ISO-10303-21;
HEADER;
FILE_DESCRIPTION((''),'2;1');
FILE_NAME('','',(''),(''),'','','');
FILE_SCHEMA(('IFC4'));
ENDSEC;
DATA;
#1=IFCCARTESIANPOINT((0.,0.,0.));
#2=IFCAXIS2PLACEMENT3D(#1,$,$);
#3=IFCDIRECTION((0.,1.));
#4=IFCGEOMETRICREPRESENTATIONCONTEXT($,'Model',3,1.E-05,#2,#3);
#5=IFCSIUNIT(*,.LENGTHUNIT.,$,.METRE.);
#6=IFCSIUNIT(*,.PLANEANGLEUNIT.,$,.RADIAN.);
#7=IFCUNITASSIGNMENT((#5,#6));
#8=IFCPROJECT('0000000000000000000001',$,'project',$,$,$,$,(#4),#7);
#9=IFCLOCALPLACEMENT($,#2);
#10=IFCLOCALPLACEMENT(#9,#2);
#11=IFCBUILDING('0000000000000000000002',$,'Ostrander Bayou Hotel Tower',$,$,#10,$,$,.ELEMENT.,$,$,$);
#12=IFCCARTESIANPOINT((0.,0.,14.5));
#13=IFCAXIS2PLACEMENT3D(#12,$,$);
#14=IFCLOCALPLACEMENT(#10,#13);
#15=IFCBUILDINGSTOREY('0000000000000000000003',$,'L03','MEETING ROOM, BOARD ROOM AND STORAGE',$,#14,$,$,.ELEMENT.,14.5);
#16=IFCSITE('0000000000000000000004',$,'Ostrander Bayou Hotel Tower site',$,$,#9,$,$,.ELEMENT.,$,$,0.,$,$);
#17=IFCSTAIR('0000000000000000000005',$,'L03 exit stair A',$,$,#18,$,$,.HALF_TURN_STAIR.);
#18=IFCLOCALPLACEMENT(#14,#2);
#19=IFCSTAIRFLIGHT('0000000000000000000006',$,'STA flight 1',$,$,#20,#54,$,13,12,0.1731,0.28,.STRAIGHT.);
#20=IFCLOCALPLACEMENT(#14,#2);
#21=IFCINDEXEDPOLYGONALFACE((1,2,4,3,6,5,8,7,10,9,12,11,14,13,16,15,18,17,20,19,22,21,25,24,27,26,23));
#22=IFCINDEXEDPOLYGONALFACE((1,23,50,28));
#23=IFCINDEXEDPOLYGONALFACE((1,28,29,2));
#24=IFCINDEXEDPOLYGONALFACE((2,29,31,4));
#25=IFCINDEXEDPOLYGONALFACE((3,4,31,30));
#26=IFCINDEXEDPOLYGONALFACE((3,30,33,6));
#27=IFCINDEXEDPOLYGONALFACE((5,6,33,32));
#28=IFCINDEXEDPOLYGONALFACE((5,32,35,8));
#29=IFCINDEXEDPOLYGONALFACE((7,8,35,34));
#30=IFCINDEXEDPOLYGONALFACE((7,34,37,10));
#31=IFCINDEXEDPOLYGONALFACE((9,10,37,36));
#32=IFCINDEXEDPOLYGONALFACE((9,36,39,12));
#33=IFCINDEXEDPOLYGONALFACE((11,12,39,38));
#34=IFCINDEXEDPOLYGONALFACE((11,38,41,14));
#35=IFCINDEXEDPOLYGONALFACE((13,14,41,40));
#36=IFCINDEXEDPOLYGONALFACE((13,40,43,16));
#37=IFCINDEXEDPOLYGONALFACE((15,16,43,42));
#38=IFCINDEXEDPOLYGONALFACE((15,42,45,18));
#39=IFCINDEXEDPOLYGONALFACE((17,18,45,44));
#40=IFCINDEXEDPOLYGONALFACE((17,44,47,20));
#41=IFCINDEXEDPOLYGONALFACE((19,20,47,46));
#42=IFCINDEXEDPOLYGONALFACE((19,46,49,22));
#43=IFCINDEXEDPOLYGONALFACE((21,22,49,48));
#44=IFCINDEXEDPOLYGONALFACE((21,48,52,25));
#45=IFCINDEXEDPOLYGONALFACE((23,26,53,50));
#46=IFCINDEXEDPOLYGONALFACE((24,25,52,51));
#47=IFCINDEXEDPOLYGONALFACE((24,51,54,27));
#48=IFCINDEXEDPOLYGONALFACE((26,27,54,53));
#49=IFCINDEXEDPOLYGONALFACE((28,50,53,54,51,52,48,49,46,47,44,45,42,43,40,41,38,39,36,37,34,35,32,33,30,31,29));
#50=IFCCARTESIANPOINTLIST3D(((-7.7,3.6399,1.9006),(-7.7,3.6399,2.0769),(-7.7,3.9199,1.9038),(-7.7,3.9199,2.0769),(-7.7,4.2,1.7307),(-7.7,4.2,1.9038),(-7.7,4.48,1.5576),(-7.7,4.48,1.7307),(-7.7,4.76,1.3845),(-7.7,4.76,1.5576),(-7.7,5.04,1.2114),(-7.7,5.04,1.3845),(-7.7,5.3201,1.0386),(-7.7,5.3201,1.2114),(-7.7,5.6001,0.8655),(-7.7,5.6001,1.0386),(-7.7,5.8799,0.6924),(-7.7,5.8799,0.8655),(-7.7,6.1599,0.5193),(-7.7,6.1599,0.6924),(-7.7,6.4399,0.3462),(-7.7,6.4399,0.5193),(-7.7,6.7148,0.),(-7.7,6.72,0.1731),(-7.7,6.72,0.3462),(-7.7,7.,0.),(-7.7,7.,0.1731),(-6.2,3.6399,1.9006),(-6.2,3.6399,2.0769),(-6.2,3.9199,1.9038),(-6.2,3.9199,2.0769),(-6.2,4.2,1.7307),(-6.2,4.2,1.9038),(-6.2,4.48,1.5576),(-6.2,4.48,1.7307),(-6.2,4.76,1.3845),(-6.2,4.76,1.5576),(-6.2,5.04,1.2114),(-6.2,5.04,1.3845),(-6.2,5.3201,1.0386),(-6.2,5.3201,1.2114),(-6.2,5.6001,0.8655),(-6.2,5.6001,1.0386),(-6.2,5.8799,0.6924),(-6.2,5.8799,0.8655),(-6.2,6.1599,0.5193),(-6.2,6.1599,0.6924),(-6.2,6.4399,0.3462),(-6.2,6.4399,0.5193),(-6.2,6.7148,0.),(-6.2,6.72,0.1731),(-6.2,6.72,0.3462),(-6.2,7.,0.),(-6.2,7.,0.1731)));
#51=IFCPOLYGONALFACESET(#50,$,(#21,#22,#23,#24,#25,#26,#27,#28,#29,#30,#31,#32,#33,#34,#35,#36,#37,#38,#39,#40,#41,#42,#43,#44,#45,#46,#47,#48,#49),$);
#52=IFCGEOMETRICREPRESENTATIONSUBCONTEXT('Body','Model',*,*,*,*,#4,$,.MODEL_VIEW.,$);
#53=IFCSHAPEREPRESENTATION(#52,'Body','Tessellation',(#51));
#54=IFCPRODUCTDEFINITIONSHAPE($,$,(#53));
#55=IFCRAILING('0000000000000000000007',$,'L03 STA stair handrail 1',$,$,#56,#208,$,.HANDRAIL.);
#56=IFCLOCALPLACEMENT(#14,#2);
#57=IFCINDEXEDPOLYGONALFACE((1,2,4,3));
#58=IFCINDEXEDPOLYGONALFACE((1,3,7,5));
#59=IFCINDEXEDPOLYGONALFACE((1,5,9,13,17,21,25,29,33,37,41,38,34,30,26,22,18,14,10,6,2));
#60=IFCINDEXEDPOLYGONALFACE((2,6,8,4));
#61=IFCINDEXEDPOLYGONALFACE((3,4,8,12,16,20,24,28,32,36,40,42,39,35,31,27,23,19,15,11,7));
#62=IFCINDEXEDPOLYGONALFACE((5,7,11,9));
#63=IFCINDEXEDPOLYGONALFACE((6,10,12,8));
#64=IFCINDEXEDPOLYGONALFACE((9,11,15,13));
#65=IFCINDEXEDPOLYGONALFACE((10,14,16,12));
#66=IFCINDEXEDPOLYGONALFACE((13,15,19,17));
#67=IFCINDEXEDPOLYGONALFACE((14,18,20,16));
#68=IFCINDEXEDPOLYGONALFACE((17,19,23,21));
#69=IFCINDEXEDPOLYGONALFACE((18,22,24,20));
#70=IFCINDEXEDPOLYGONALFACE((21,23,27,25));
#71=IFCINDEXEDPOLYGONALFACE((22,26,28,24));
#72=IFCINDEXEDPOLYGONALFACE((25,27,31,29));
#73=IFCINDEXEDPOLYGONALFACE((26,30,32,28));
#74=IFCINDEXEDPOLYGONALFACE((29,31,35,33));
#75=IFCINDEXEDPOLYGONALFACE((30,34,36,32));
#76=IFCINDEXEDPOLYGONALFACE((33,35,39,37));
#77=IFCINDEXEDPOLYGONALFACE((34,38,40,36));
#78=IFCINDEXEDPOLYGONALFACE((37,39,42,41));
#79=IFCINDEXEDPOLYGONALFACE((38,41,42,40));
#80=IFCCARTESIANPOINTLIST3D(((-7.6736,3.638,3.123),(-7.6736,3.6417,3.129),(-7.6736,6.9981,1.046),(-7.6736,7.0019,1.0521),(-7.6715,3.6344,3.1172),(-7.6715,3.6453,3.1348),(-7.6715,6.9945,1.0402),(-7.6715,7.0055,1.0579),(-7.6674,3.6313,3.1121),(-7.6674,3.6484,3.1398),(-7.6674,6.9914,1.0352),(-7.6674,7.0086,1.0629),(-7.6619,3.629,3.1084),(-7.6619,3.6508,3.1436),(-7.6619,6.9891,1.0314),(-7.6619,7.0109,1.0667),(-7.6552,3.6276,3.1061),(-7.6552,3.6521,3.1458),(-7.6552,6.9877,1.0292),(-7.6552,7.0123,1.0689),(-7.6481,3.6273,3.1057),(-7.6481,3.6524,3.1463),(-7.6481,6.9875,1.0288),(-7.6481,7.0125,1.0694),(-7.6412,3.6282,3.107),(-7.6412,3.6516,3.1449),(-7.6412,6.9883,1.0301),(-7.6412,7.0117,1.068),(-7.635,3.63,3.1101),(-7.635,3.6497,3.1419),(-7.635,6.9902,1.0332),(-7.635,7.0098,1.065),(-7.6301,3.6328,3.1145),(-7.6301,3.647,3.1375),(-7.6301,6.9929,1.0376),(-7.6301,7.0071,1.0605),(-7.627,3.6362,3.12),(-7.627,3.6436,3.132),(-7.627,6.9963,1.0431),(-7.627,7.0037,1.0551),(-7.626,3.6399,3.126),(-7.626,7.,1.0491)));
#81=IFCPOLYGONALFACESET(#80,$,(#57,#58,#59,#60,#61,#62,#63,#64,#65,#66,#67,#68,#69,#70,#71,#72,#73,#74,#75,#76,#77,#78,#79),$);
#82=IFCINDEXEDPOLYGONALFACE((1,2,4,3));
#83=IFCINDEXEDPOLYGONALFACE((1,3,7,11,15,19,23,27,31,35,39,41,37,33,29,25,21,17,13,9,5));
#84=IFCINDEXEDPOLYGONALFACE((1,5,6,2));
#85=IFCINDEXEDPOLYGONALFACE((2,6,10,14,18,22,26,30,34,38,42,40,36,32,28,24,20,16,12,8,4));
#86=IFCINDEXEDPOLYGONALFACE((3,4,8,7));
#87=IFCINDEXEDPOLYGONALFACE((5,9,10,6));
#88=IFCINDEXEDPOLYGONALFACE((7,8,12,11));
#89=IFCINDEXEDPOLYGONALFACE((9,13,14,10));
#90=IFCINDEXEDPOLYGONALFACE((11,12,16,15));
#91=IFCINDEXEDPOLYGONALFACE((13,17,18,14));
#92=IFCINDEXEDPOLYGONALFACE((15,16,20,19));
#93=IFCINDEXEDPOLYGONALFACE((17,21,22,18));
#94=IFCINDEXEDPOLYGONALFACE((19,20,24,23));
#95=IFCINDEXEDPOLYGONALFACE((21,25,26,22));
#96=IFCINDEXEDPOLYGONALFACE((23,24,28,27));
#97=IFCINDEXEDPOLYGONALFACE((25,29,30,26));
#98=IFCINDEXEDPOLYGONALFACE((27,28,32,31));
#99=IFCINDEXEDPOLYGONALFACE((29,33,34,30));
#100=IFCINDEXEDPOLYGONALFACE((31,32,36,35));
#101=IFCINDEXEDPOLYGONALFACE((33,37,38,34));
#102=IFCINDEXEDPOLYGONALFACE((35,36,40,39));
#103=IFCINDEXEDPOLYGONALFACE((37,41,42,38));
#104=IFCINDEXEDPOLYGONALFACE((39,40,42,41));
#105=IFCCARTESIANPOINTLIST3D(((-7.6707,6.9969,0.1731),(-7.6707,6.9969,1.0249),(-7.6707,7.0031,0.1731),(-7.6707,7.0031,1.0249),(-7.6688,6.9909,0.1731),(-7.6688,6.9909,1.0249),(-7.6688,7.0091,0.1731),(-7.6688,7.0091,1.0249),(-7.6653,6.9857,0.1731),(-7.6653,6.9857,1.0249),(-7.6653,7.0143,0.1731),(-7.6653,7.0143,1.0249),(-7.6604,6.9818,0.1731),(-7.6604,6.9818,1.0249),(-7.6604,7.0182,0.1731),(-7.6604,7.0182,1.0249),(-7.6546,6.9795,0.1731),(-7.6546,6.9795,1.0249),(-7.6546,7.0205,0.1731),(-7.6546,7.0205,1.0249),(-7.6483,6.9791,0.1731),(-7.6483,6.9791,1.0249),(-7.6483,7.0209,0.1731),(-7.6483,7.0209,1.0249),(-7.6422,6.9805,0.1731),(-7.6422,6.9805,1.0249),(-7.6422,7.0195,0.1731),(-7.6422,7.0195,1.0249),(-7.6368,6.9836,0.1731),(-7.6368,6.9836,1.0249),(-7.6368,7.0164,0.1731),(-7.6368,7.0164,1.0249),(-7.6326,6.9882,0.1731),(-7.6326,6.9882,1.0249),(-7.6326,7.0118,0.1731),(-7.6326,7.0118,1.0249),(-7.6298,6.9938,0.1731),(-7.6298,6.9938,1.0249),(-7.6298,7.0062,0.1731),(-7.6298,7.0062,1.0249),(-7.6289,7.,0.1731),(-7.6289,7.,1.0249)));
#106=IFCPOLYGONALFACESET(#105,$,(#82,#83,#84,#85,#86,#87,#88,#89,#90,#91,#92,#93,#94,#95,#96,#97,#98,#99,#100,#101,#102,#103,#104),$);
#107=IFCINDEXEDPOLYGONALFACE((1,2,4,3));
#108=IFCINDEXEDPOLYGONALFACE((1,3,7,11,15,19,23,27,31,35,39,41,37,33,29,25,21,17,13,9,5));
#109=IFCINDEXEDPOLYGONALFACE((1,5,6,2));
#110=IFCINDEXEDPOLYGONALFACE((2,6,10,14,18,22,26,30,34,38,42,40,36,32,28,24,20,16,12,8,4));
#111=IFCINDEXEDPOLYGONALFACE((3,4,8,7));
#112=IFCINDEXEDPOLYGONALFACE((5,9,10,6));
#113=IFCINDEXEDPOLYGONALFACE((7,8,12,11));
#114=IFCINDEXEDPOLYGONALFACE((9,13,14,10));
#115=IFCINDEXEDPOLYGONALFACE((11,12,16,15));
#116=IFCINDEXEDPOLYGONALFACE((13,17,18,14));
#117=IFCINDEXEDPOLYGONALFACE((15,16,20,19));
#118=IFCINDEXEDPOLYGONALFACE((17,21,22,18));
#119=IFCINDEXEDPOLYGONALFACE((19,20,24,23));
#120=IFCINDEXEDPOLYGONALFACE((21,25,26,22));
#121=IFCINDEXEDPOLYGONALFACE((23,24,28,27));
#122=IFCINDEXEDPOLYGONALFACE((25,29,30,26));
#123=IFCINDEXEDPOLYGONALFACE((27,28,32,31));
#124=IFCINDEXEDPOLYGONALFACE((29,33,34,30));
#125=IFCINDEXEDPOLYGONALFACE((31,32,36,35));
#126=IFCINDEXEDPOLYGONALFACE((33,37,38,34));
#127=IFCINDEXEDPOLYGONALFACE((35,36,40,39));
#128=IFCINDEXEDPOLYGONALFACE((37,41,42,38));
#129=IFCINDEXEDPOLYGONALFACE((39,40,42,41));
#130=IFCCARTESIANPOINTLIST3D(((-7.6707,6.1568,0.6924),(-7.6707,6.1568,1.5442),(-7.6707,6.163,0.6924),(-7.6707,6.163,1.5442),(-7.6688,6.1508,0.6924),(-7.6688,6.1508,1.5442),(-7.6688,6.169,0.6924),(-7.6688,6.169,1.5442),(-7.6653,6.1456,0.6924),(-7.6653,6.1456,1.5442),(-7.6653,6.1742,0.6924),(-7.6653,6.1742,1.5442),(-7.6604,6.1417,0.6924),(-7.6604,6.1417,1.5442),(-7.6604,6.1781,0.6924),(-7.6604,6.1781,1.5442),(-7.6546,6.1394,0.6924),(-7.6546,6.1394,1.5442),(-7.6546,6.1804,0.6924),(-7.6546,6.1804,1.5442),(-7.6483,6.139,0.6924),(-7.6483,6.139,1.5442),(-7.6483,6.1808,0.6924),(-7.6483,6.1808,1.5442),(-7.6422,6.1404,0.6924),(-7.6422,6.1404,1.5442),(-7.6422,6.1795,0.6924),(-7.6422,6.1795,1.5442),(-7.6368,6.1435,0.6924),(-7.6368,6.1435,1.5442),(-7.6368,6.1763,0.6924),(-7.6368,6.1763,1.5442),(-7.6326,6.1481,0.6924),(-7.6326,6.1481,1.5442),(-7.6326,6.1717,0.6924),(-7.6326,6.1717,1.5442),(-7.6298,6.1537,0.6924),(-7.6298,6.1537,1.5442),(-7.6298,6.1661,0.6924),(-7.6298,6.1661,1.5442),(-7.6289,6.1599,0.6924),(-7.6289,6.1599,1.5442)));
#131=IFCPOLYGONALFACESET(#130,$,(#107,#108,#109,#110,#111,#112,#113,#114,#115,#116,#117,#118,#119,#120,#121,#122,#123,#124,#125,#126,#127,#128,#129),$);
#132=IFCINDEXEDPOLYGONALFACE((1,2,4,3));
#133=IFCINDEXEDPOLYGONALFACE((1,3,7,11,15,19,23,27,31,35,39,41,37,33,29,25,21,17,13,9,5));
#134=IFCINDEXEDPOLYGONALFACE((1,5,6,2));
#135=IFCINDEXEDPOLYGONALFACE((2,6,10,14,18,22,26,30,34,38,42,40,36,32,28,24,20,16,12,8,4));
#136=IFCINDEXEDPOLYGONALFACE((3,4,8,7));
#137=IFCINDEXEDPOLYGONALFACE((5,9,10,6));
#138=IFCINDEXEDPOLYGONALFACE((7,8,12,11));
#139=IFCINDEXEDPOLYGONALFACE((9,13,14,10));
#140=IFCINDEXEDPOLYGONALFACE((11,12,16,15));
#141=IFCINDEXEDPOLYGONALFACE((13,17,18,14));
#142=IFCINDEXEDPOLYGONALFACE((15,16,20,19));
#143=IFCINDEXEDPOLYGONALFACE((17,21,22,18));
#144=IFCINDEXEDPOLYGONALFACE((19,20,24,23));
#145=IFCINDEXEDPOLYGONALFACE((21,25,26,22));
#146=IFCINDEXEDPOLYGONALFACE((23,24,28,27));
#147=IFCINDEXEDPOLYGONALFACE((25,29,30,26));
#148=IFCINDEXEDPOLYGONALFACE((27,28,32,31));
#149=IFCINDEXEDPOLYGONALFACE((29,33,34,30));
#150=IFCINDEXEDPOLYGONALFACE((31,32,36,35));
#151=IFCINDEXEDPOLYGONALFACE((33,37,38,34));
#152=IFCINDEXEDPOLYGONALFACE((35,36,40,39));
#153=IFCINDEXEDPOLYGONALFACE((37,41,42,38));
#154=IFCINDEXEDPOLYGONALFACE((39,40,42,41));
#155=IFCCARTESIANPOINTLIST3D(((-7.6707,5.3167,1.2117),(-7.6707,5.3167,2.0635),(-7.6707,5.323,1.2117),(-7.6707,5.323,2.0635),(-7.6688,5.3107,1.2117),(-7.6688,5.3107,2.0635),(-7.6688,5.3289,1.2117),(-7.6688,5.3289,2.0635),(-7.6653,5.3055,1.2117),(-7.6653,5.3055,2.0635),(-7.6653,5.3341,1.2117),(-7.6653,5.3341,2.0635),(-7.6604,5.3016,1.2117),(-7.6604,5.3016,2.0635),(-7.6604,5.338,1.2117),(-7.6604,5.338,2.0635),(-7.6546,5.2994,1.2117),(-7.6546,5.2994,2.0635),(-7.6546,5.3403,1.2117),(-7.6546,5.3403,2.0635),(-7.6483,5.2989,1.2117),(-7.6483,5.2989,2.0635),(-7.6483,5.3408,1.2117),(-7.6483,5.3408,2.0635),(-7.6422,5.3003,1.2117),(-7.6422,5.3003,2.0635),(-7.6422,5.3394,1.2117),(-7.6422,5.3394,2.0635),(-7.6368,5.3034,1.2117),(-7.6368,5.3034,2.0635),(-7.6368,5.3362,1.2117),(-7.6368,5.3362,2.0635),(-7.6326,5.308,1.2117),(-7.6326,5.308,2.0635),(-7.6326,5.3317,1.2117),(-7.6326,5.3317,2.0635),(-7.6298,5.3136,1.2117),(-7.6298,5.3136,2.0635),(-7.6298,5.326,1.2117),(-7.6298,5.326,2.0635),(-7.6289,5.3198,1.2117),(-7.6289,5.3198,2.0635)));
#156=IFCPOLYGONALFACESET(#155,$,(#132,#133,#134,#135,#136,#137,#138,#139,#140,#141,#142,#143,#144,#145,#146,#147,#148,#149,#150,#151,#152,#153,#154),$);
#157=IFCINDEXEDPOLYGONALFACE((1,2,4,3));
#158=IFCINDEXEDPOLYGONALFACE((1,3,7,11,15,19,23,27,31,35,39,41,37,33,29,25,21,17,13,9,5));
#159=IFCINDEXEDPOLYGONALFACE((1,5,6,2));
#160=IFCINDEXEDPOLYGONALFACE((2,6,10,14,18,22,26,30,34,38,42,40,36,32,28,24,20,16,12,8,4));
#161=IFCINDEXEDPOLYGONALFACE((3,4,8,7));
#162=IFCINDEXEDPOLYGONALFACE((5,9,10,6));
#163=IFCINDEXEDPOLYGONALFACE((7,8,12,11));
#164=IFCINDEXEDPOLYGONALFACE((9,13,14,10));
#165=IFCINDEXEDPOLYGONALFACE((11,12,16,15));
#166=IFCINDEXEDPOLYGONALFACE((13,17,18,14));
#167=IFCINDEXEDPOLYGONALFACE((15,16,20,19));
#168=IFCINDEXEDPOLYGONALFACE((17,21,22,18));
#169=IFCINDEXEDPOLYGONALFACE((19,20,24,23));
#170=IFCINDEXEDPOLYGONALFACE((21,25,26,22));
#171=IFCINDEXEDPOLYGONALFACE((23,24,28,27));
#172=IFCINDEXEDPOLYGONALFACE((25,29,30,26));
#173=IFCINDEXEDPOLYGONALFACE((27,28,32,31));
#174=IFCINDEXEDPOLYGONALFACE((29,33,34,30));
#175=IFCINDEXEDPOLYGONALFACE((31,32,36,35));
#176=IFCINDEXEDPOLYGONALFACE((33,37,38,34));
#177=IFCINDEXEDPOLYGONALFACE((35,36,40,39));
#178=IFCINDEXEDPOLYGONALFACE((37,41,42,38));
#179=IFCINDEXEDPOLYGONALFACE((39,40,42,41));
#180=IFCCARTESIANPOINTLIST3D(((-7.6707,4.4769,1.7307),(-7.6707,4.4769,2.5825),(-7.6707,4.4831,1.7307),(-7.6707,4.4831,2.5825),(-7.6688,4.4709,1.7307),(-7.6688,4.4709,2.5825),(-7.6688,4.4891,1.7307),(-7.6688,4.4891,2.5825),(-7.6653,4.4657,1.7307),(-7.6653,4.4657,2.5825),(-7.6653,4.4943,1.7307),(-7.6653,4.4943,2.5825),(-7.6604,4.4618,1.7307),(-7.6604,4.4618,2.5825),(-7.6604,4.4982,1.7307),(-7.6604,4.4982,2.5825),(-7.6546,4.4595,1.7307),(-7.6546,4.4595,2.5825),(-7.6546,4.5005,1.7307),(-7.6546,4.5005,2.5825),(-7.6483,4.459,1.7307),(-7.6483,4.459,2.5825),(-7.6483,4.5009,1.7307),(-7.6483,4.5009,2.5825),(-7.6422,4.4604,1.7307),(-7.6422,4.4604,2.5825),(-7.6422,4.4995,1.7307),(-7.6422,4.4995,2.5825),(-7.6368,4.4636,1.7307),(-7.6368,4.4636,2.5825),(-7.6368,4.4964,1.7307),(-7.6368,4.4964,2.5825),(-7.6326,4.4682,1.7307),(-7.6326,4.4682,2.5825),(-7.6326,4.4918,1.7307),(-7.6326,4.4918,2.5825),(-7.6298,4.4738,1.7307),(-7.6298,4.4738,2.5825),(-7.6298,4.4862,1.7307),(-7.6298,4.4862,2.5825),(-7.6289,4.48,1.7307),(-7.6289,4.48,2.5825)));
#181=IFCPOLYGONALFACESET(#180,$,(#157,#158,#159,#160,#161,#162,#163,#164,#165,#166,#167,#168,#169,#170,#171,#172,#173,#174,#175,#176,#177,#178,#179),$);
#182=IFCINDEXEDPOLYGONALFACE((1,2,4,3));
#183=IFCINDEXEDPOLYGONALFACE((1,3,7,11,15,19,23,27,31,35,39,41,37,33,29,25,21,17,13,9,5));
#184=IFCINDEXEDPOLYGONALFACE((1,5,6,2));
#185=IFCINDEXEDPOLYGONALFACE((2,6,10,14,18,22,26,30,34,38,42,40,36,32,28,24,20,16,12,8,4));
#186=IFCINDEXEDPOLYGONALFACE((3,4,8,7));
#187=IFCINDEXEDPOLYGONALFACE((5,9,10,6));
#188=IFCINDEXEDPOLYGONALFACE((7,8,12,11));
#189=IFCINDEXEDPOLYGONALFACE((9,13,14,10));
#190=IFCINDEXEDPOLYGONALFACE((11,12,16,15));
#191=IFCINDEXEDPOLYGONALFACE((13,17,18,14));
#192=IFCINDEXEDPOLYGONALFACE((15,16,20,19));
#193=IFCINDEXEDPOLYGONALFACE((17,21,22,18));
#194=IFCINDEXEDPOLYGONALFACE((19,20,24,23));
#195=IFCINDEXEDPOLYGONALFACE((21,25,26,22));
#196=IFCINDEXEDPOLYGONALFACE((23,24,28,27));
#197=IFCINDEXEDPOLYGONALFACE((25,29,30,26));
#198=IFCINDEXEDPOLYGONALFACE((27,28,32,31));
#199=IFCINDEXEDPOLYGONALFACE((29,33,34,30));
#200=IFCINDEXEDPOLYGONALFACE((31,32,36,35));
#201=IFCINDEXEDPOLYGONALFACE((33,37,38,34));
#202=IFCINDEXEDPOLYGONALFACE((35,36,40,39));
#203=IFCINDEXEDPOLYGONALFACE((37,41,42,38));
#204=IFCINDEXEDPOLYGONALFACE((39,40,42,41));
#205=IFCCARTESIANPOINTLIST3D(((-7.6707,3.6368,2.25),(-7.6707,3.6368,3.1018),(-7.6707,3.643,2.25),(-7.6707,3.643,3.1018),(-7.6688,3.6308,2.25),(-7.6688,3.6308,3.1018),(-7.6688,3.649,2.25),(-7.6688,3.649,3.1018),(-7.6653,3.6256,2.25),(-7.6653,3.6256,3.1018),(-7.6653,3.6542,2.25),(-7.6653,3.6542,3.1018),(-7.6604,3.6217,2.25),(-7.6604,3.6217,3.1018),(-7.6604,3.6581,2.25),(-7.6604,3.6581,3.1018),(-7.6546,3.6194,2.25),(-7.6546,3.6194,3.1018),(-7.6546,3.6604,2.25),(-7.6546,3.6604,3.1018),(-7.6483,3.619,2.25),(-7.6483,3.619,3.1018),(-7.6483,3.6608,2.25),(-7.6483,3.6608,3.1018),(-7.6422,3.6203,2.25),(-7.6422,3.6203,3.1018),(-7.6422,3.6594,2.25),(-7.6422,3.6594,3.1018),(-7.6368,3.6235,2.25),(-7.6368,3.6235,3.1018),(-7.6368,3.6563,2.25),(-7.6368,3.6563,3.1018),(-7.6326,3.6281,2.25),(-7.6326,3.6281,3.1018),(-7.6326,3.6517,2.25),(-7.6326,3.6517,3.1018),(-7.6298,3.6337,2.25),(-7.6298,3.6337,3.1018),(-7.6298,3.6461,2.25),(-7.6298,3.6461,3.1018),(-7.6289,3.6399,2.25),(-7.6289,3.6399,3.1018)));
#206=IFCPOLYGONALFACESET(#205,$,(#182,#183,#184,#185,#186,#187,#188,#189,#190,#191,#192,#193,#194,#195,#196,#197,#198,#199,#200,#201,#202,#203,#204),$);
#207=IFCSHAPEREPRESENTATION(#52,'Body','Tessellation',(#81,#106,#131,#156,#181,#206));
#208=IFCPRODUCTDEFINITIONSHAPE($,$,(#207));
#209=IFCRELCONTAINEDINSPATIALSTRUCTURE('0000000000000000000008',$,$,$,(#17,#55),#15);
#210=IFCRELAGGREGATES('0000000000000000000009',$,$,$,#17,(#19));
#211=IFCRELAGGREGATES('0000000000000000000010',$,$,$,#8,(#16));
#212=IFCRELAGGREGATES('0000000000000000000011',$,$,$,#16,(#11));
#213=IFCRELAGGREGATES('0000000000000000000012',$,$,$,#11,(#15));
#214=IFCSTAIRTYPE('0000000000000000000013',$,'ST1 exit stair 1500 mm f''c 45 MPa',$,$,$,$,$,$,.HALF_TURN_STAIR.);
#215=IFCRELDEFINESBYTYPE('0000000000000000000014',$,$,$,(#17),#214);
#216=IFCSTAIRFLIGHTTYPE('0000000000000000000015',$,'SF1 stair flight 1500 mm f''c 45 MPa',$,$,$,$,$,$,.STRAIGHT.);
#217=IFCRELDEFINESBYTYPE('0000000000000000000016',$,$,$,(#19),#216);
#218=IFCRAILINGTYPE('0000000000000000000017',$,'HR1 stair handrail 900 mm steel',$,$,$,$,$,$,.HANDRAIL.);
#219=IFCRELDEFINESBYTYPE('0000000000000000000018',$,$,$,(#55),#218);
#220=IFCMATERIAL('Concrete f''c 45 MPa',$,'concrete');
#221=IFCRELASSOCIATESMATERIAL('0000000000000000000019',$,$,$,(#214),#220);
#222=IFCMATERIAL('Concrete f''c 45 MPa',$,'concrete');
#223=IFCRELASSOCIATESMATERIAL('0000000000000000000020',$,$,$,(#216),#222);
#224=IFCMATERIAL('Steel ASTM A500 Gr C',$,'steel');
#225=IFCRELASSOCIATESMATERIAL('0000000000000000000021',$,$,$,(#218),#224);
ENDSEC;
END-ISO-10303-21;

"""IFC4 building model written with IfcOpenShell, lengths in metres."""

from ifc_helpers import new_model, si_unit, direction, frame, origin, origin_2d, place, context, subcontext, project, spatial, polyline, circle, outline, extrude, material, type_object, element, aggregate, save


model = new_model("IFC4")

# Units and contexts
model_context = context("Model", 3, precision=1e-05, world=origin(), true_north=direction((0.0, 1.0)))
body_context = subcontext(model_context, "Body", "Model", "MODEL_VIEW")
ifc_project = project(units=[si_unit("LENGTHUNIT", "METRE"), si_unit("PLANEANGLEUNIT", "RADIAN")], contexts=[model_context])

# Site, building, storey
site_placement = place(None, origin())
site = spatial("IfcSite", under=ifc_project, at=site_placement, Name="Ostrander Bayou Hotel Tower site", CompositionType="ELEMENT", RefElevation=0.0)
building_placement = place(site_placement, origin())
building = spatial("IfcBuilding", under=site, at=building_placement, Name="Ostrander Bayou Hotel Tower", CompositionType="ELEMENT")
storey_placement = place(building_placement, frame((0.0, 0.0, 14.5)))
storey = spatial("IfcBuildingStorey", under=building, at=storey_placement, Name="L03", Description="MEETING ROOM, BOARD ROOM AND STORAGE", CompositionType="ELEMENT", Elevation=14.5)

# Stair, stair flight
ifc_material_1 = material(Name="Concrete f'c 45 MPa", Category="concrete")
stair_type = type_object("IfcStairType", Name="ST1 exit stair 1500 mm f'c 45 MPa", PredefinedType="HALF_TURN_STAIR", material=ifc_material_1)
stair_placement = place(storey_placement, origin())
stair = element("IfcStair", 1, at=stair_placement, inside=storey, type_object=stair_type, Name="L03 exit stair A", PredefinedType="HALF_TURN_STAIR")
ifc_material_2 = material(Name="Concrete f'c 45 MPa", Category="concrete")
stair_flight_type = type_object("IfcStairFlightType", Name="SF1 stair flight 1500 mm f'c 45 MPa", PredefinedType="STRAIGHT", material=ifc_material_2)
stair_flight_placement = place(storey_placement, frame((-6.95, 7.0, 0.0), z_axis=(0.0, 0.0, 1.0), x_axis=(0.0, -1.0, 0.0)))
stair_flight = element("IfcStairFlight", 2, at=stair_flight_placement, type_object=stair_flight_type, Name="STA flight 1", NumberOfRisers=13, NumberOfTreads=12, PredefinedType="STRAIGHT", RiserHeight=0.1731, TreadLength=0.28, context=body_context, shape_type="SweptSolid", body=[
    extrude(outline(polyline([(0.0, 0.0), (0.0, 0.1731), (0.28, 0.1731), (0.28, 0.3462), (0.5601, 0.3462), (0.5601, 0.5193), (0.8401, 0.5193), (0.8401, 0.6924), (1.1201, 0.6924), (1.1201, 0.8655), (1.3999, 0.8655), (1.3999, 1.0386), (1.6799, 1.0386), (1.6799, 1.2114), (1.96, 1.2114), (1.96, 1.3845), (2.24, 1.3845), (2.24, 1.5576), (2.52, 1.5576), (2.52, 1.7307), (2.8, 1.7307), (2.8, 1.9038), (3.0801, 1.9038), (3.0801, 2.0769), (3.3601, 2.0769), (3.3601, 2.25), (3.3601, 1.9006), (0.2852, 0.0), (0.0, 0.0)])), frame((0.0, 0.75, 0.0), z_axis=(0.0, -1.0, 0.0), x_axis=(1.0, 0.0, 0.0)), (0.0, 0.0, 1.0), 1.5),
])
aggregate(stair, [stair_flight])

# Railing
ifc_material_3 = material(Name="Steel ASTM A500 Gr C", Category="steel")
railing_type = type_object("IfcRailingType", Name="HR1 stair handrail 900 mm steel", PredefinedType="HANDRAIL", material=ifc_material_3)
railing_placement = place(storey_placement, frame((-7.6499, 7.0, 0.1731)))
element("IfcRailing", 3, at=railing_placement, inside=storey, type_object=railing_type, Name="L03 STA stair handrail 1", PredefinedType="HANDRAIL", context=body_context, shape_type="SweptSolid", body=[
    extrude(circle(Radius=0.0239, at=origin_2d()), frame((0.0, 0.0, 0.876), z_axis=(0.0, -0.850623, 0.525776), x_axis=(1.0, 0.0, 0.0)), (0.0, 0.0, 1.0), 3.9502),
    extrude(circle(Radius=0.021, at=origin_2d()), origin(), (0.0, 0.0, 1.0), 0.8518),
    extrude(circle(Radius=0.021, at=origin_2d()), frame((0.0, -0.8401, 0.5193)), (0.0, 0.0, 1.0), 0.8518),
    extrude(circle(Radius=0.021, at=origin_2d()), frame((0.0, -1.6802, 1.0386)), (0.0, 0.0, 1.0), 0.8518),
    extrude(circle(Radius=0.021, at=origin_2d()), frame((0.0, -2.52, 1.5576)), (0.0, 0.0, 1.0), 0.8518),
    extrude(circle(Radius=0.021, at=origin_2d()), frame((0.0, -3.3601, 2.0769)), (0.0, 0.0, 1.0), 0.8518),
])

save(model, "model.ifc")
